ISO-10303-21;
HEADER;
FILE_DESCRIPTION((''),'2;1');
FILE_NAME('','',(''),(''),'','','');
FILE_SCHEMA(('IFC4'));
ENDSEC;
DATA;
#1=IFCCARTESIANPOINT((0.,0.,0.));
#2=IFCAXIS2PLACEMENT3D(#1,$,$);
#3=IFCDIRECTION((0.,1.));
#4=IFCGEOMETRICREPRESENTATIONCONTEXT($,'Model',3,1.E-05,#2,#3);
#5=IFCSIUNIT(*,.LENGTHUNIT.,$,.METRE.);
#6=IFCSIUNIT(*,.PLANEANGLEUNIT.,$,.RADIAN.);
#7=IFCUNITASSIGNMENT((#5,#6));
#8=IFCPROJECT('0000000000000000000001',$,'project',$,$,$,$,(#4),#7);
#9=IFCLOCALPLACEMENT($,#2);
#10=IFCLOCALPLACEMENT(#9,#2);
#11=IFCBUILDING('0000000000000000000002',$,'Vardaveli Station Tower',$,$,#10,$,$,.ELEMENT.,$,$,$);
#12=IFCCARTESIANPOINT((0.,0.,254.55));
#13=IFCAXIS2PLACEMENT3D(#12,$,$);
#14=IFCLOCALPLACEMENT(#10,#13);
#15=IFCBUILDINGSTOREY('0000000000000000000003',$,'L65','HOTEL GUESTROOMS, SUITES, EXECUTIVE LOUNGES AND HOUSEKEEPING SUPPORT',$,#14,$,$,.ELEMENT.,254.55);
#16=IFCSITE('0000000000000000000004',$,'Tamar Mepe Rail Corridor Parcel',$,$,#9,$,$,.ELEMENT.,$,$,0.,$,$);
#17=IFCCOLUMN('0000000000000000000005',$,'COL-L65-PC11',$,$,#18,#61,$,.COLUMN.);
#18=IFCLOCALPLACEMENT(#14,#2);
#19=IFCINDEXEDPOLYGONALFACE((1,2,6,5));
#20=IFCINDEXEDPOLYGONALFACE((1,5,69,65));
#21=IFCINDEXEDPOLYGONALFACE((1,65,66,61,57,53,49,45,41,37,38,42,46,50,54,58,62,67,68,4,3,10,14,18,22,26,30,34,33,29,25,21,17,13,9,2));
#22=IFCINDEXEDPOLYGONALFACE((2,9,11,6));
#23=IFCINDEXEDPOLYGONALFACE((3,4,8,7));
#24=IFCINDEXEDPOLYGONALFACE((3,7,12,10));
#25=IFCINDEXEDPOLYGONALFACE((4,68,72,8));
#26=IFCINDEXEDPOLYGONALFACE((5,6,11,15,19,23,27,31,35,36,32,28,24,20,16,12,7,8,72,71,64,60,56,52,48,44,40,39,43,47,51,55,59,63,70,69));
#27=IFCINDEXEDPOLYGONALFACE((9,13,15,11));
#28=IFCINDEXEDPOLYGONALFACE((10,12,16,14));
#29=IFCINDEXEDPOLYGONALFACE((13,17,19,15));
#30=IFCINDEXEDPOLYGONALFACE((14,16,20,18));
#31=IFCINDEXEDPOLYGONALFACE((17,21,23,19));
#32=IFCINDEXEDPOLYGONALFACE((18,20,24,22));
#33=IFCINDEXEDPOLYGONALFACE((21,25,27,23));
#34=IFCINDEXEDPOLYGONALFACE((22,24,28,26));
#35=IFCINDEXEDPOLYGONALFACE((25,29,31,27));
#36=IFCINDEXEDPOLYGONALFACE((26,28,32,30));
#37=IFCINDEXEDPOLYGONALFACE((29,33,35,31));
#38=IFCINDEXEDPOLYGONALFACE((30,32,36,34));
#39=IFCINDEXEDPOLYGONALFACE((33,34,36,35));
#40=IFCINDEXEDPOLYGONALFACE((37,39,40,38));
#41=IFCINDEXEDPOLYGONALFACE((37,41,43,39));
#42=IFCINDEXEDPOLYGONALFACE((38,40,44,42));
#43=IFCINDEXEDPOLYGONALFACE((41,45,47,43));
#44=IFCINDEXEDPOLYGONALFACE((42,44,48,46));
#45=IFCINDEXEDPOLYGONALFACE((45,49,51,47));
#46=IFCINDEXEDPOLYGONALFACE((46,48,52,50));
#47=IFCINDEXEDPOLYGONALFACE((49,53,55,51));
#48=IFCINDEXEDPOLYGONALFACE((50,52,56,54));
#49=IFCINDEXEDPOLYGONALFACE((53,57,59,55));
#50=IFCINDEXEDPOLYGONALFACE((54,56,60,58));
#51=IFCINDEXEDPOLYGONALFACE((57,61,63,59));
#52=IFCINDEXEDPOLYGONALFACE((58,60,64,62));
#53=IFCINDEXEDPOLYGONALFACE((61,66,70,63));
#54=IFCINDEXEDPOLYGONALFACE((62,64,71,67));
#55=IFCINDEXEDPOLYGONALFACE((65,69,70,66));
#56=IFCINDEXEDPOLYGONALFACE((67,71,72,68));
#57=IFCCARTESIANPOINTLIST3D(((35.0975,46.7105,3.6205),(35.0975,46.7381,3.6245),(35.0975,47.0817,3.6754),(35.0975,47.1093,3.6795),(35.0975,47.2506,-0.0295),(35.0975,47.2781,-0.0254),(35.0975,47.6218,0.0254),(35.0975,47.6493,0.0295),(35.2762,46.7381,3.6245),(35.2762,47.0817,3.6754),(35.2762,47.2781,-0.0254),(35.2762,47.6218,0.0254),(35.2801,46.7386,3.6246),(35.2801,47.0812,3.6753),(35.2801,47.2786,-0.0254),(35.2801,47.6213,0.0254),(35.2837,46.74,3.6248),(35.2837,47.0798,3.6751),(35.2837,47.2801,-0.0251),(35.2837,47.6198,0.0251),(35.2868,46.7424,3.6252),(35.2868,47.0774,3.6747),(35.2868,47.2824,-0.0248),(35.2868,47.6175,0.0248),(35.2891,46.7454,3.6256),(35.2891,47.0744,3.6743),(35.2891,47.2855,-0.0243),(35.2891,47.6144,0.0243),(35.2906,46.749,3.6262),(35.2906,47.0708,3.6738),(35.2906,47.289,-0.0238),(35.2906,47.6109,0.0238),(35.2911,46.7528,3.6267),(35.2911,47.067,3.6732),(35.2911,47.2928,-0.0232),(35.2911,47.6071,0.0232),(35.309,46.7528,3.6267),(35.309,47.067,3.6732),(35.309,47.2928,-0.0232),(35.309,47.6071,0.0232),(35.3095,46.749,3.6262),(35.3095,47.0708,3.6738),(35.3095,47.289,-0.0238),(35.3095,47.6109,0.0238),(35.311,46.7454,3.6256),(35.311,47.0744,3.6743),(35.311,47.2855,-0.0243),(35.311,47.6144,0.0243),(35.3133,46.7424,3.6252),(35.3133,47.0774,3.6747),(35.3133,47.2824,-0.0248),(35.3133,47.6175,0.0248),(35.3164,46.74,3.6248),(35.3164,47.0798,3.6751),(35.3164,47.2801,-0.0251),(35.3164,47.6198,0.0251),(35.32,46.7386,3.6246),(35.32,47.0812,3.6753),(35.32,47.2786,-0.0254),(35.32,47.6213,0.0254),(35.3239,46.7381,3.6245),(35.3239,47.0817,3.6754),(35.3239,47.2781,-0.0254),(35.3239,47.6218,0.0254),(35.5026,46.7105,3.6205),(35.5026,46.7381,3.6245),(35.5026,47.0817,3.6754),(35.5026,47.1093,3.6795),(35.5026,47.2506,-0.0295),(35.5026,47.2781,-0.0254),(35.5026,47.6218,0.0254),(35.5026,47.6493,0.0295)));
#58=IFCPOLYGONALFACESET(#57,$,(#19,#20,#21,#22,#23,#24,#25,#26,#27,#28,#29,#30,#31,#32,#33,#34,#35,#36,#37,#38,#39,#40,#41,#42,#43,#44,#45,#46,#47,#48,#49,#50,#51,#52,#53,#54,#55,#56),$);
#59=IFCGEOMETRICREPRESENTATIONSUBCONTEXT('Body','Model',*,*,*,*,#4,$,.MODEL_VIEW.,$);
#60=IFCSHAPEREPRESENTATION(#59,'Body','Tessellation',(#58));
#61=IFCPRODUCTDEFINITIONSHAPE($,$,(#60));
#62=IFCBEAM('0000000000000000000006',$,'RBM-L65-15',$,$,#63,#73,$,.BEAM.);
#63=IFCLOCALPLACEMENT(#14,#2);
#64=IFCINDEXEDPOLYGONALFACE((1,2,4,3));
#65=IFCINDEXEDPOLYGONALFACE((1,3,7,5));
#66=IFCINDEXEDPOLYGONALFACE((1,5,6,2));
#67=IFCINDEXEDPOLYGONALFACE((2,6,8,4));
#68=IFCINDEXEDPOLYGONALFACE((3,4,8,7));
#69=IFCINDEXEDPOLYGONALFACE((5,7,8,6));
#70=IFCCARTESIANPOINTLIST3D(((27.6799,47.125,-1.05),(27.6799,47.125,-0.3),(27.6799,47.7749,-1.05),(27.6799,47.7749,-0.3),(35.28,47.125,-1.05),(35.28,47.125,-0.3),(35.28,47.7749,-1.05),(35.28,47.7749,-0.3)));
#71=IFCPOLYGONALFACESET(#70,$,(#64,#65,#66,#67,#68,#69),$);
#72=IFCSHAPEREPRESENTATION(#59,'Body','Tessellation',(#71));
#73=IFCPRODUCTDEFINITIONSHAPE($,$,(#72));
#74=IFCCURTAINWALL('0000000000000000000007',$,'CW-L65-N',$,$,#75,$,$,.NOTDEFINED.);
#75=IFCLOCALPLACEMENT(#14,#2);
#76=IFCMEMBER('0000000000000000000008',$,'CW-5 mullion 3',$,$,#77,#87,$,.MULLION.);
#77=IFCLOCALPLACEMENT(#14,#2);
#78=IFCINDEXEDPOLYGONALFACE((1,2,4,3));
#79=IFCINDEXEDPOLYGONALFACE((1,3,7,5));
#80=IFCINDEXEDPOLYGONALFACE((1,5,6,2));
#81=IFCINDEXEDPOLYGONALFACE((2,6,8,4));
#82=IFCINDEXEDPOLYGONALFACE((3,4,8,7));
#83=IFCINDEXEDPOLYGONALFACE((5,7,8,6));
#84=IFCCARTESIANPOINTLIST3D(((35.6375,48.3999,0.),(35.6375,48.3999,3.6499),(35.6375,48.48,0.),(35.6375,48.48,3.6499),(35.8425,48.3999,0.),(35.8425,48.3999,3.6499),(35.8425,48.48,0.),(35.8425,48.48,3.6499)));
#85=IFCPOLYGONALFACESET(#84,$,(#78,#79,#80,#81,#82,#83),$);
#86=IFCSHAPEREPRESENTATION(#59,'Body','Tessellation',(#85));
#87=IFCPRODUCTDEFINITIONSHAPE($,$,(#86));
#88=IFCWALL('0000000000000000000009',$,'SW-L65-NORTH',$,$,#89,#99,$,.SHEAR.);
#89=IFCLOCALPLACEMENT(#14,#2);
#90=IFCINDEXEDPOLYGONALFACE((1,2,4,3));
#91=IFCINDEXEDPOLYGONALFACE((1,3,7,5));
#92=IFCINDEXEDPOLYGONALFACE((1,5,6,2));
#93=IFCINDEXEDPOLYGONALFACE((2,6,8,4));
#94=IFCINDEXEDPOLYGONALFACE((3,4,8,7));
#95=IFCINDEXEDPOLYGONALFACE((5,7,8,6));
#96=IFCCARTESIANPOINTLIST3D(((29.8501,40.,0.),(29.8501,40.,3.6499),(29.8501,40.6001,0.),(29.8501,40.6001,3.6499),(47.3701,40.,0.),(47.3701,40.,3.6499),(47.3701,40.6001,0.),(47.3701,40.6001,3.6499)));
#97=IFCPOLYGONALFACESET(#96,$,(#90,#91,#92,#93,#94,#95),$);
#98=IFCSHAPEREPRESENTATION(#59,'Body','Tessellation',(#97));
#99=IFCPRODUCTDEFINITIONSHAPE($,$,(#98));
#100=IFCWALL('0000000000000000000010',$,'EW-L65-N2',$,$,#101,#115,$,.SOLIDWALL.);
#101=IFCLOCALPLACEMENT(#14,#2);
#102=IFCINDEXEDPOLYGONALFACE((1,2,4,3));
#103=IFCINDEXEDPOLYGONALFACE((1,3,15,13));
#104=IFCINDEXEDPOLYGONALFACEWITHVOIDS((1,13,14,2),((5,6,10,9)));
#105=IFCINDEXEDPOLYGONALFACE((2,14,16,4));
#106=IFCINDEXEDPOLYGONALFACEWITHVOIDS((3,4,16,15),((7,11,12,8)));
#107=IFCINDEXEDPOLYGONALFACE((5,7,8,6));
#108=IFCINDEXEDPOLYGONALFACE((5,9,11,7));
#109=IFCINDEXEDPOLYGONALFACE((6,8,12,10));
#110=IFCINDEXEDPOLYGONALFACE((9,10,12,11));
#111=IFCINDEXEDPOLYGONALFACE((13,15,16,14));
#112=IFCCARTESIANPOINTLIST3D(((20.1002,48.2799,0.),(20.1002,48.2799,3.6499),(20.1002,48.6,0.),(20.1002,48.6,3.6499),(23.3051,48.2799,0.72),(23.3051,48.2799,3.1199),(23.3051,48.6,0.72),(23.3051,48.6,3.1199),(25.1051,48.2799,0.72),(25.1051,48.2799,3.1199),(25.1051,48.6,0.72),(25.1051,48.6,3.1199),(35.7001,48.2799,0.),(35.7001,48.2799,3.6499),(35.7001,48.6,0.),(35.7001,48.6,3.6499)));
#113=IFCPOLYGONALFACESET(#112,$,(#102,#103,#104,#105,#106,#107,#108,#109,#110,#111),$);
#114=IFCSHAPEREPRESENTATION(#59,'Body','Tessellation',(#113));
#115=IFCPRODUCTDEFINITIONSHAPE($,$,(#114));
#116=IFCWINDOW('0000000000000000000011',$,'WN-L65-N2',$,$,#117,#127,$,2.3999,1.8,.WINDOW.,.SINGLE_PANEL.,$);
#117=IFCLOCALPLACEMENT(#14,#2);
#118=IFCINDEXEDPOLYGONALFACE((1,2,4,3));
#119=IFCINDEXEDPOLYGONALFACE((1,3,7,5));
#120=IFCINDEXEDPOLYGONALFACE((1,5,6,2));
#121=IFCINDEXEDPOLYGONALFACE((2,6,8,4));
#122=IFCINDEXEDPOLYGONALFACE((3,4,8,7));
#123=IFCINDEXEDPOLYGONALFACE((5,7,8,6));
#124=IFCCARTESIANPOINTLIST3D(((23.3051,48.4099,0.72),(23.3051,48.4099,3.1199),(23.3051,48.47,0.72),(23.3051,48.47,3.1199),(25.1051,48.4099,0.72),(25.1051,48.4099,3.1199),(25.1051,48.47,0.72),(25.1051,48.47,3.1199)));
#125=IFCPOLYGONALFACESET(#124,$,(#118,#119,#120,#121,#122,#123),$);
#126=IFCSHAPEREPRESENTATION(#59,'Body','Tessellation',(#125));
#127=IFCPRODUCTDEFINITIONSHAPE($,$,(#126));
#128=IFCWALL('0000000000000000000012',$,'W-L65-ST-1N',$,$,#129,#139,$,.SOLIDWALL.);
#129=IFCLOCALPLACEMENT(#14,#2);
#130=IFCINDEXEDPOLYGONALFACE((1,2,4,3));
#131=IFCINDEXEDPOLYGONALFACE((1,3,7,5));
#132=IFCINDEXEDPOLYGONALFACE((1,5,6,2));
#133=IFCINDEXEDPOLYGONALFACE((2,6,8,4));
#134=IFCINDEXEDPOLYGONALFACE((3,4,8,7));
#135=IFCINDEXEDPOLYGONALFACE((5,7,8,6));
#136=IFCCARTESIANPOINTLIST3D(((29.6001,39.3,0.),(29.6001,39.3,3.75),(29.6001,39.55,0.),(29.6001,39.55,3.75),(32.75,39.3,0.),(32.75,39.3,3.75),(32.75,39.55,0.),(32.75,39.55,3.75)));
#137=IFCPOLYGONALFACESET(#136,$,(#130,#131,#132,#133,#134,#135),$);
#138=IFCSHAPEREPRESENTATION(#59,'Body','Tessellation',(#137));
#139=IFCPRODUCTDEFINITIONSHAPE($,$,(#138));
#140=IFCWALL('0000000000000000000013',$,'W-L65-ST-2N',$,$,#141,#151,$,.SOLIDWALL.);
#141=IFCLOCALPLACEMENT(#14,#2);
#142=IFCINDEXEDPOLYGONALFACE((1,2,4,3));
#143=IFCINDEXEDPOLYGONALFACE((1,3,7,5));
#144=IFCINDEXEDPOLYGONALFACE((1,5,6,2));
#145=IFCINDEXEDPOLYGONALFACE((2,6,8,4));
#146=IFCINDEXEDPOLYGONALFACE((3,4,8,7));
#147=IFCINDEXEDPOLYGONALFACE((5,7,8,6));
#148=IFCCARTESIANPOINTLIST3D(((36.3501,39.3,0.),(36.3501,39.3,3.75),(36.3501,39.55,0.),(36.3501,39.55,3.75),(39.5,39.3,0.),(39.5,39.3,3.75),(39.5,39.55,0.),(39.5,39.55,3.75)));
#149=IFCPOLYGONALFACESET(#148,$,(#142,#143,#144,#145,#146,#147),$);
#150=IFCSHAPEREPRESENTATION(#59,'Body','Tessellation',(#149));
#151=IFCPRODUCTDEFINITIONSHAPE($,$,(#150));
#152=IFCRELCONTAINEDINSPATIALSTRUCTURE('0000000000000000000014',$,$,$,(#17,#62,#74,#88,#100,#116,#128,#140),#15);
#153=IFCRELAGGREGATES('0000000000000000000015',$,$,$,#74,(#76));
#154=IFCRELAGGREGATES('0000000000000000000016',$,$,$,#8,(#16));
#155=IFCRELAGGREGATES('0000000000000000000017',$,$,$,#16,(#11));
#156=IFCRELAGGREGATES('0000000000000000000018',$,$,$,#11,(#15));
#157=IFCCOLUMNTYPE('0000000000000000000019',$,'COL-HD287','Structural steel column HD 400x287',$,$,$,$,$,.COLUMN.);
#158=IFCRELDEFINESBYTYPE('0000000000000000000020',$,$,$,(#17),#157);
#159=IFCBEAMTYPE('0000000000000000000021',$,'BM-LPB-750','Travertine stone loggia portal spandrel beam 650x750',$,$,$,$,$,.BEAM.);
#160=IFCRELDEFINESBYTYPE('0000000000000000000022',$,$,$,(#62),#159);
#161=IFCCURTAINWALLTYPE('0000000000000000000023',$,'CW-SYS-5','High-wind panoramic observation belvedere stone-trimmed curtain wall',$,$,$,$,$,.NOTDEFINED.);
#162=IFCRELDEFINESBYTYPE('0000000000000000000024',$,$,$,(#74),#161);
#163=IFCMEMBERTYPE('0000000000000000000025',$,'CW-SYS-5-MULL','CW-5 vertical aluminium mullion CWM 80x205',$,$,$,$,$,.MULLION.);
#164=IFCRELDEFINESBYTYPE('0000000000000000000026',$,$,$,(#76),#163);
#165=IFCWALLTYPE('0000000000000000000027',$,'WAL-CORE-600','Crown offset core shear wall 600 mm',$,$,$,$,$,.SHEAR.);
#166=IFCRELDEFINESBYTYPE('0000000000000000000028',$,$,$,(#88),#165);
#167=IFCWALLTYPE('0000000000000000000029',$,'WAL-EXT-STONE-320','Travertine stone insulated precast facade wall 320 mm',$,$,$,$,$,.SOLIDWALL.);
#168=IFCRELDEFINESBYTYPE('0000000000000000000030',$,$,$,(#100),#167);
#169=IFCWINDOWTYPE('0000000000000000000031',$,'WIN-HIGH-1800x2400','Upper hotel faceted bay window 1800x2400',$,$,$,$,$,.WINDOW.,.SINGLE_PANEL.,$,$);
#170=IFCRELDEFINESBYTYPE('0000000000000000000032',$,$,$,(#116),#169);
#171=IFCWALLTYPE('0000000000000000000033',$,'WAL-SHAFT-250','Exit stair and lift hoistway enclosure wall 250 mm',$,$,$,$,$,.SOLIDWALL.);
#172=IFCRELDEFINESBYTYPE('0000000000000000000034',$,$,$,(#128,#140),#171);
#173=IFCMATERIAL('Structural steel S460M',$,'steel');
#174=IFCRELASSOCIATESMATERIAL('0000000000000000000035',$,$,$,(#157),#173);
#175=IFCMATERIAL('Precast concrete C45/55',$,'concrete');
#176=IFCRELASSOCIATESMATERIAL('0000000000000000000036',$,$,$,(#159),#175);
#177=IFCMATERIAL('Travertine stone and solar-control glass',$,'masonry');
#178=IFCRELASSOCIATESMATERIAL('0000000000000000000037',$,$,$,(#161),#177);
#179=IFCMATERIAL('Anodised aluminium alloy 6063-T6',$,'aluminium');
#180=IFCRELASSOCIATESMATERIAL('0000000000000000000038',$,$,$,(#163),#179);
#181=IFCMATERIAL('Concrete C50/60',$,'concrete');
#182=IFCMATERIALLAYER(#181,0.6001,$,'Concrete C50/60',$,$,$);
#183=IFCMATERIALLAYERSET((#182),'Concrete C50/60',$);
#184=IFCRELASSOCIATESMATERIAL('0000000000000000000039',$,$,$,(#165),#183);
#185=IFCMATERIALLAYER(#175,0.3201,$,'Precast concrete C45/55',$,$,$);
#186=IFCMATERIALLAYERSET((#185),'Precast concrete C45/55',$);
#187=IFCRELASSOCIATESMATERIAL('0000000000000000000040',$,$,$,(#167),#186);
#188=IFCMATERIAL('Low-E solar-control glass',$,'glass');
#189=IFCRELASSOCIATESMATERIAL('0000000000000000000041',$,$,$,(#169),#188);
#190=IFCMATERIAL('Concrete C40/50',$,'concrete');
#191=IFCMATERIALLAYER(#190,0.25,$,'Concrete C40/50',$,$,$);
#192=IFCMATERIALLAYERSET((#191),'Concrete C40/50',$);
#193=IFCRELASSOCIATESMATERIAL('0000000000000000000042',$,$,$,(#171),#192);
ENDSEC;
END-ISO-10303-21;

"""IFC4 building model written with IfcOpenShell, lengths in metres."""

from ifc_helpers import new_model, si_unit, direction, frame, frame_2d, origin, origin_2d, place, context, subcontext, project, spatial, rectangle, i_section, extrude, source, transform, mapped, material, layer, layer_set, material_profile, profile_set, type_object, element, fill, aggregate, save


model = new_model("IFC4")

# Units and contexts
model_context = context("Model", 3, precision=1e-05, world=origin(), true_north=direction((0.0, 1.0)))
body_context = subcontext(model_context, "Body", "Model", "MODEL_VIEW")
ifc_project = project(units=[si_unit("LENGTHUNIT", "METRE"), si_unit("PLANEANGLEUNIT", "RADIAN")], contexts=[model_context])

# Site, building, storey
site_placement = place(None, origin())
site = spatial("IfcSite", under=ifc_project, at=site_placement, Name="Tamar Mepe Rail Corridor Parcel", CompositionType="ELEMENT", RefElevation=0.0)
building_placement = place(site_placement, origin())
building = spatial("IfcBuilding", under=site, at=building_placement, Name="Vardaveli Station Tower", CompositionType="ELEMENT")
storey_placement = place(building_placement, frame((0.0, 0.0, 254.55)))
storey = spatial("IfcBuildingStorey", under=building, at=storey_placement, Name="L65", Description="HOTEL GUESTROOMS, SUITES, EXECUTIVE LOUNGES AND HOUSEKEEPING SUPPORT", CompositionType="ELEMENT", Elevation=254.55)

# Column
ifc_material_1 = material(Name="Structural steel S460M", Category="steel")
ifc_material_profile_1 = material_profile(ifc_material_1, i_section(OverallWidth=0.405, OverallDepth=0.4031, WebThickness=0.0178, FlangeThickness=0.0278, FilletRadius=0.0149, at=origin_2d()), Name="HD 400x287")
ifc_profile_set_1 = profile_set([ifc_material_profile_1], Name="Structural steel S460M")
column_type = type_object("IfcColumnType", Name="COL-HD287", Description="Structural steel column HD 400x287", PredefinedType="COLUMN", material=ifc_profile_set_1)
shared_shape_1 = source(origin(), body_context, "Body", "SweptSolid", [
    extrude(i_section(OverallWidth=0.405, OverallDepth=0.4031, WebThickness=0.0178, FlangeThickness=0.0278, FilletRadius=0.0149, at=origin_2d()), origin(), (0.0, 0.0, 1.0), 3.6897),
])
column_placement = place(storey_placement, frame((35.3, 47.45, 0.0), z_axis=(0.0, -0.146366, 0.98923), x_axis=(1.0, 0.0, 0.0)))
element("IfcColumn", 1, at=column_placement, inside=storey, type_object=column_type, Name="COL-L65-PC11", PredefinedType="COLUMN", context=body_context, shape_type="MappedRepresentation", body=[
    mapped(shared_shape_1, transform((0.0, 0.0, 0.0), scale=1.0)),
])

# Beam
ifc_material_2 = material(Name="Precast concrete C45/55", Category="concrete")
ifc_material_profile_2 = material_profile(ifc_material_2, rectangle(XDim=0.6499, YDim=0.75, at=origin_2d()), Name="LPB 650x750")
ifc_profile_set_2 = profile_set([ifc_material_profile_2], Name="Precast concrete C45/55")
beam_type = type_object("IfcBeamType", Name="BM-LPB-750", Description="Travertine stone loggia portal spandrel beam 650x750", PredefinedType="BEAM", material=ifc_profile_set_2)
shared_shape_2 = source(origin(), body_context, "Body", "SweptSolid", [
    extrude(rectangle(XDim=0.6499, YDim=0.75, at=origin_2d()), origin(), (0.0, 0.0, 1.0), 7.6001),
])
beam_placement = place(storey_placement, frame((35.28, 47.45, -0.675), z_axis=(-1.0, 0.0, 0.0), x_axis=(0.0, -1.0, 0.0)))
element("IfcBeam", 2, at=beam_placement, inside=storey, type_object=beam_type, Name="RBM-L65-15", PredefinedType="BEAM", context=body_context, shape_type="MappedRepresentation", body=[
    mapped(shared_shape_2, transform((0.0, 0.0, 0.0), scale=1.0)),
])

# Curtain wall, member
ifc_material_3 = material(Name="Travertine stone and solar-control glass", Category="masonry")
curtain_wall_type = type_object("IfcCurtainWallType", Name="CW-SYS-5", Description="High-wind panoramic observation belvedere stone-trimmed curtain wall", PredefinedType="NOTDEFINED", material=ifc_material_3)
curtain_wall_placement = place(storey_placement, origin())
curtain_wall = element("IfcCurtainWall", 3, at=curtain_wall_placement, inside=storey, type_object=curtain_wall_type, Name="CW-L65-N", PredefinedType="NOTDEFINED")
ifc_material_4 = material(Name="Anodised aluminium alloy 6063-T6", Category="aluminium")
ifc_material_profile_3 = material_profile(ifc_material_4, rectangle(XDim=0.0801, YDim=0.2051, at=origin_2d()), Name="CWM 80x205")
ifc_profile_set_3 = profile_set([ifc_material_profile_3], Name="Anodised aluminium alloy 6063-T6")
member_type = type_object("IfcMemberType", Name="CW-SYS-5-MULL", Description="CW-5 vertical aluminium mullion CWM 80x205", PredefinedType="MULLION", material=ifc_profile_set_3)
shared_shape_3 = source(origin(), body_context, "Body", "SweptSolid", [
    extrude(rectangle(XDim=0.0801, YDim=0.2051, at=origin_2d()), origin(), (0.0, 0.0, 1.0), 3.6499),
])
member_placement = place(storey_placement, frame((35.74, 48.4399, 0.0), z_axis=(0.0, 0.0, 1.0), x_axis=(0.0, -1.0, 0.0)))
member = element("IfcMember", 4, at=member_placement, type_object=member_type, Name="CW-5 mullion 3", PredefinedType="MULLION", context=body_context, shape_type="MappedRepresentation", body=[
    mapped(shared_shape_3, transform((0.0, 0.0, 0.0), scale=1.0)),
])
aggregate(curtain_wall, [member])

# Wall
ifc_material_5 = material(Name="Concrete C50/60", Category="concrete")
ifc_layer_1 = layer(ifc_material_5, 0.6001, Name="Concrete C50/60")
ifc_layer_set_1 = layer_set([ifc_layer_1], Name="Concrete C50/60")
wall_type_1 = type_object("IfcWallType", Name="WAL-CORE-600", Description="Crown offset core shear wall 600 mm", PredefinedType="SHEAR", material=ifc_layer_set_1)
shared_shape_4 = source(origin(), body_context, "Body", "SweptSolid", [
    extrude(rectangle(XDim=17.52, YDim=0.6001, at=frame_2d((8.76, 0.0))), origin(), (0.0, 0.0, 1.0), 3.6499),
])
wall_1_placement = place(storey_placement, frame((29.8501, 40.3, 0.0), z_axis=(0.0, 0.0, 1.0), x_axis=(1.0, 0.0, 0.0)))
element("IfcWall", 5, at=wall_1_placement, inside=storey, type_object=wall_type_1, Name="SW-L65-NORTH", PredefinedType="SHEAR", context=body_context, shape_type="MappedRepresentation", body=[
    mapped(shared_shape_4, transform((0.0, 0.0, 0.0), scale=1.0)),
])

# Wall, opening, window
ifc_layer_2 = layer(ifc_material_2, 0.3201, Name="Precast concrete C45/55")
ifc_layer_set_2 = layer_set([ifc_layer_2], Name="Precast concrete C45/55")
wall_type_2 = type_object("IfcWallType", Name="WAL-EXT-STONE-320", Description="Travertine stone insulated precast facade wall 320 mm", PredefinedType="SOLIDWALL", material=ifc_layer_set_2)
shared_shape_5 = source(origin(), body_context, "Body", "SweptSolid", [
    extrude(rectangle(XDim=15.5999, YDim=0.3201, at=frame_2d((7.7998, 0.0))), origin(), (0.0, 0.0, 1.0), 3.6499),
])
wall_2_placement = place(storey_placement, frame((35.7, 48.4399, 0.0), z_axis=(0.0, 0.0, 1.0), x_axis=(-1.0, 0.0, 0.0)))
wall_2 = element("IfcWall", 6, at=wall_2_placement, inside=storey, type_object=wall_type_2, Name="EW-L65-N2", PredefinedType="SOLIDWALL", context=body_context, shape_type="MappedRepresentation", body=[
    mapped(shared_shape_5, transform((0.0, 0.0, 0.0), scale=1.0)),
])
shared_shape_6 = source(origin(), body_context, "Body", "SweptSolid", [
    extrude(rectangle(XDim=1.8, YDim=2.3999, at=frame_2d((0.8999, 1.2))), frame((0.0, 0.1699, 0.0), z_axis=(0.0, -1.0, 0.0), x_axis=(1.0, 0.0, 0.0)), (0.0, 0.0, 1.0), 0.3401),
])
opening_1_placement = place(wall_2_placement, frame((10.595, 0.0, 0.72)))
opening_1 = element("IfcOpeningElement", 7, at=opening_1_placement, cuts=wall_2, PredefinedType="OPENING", context=body_context, shape_type="MappedRepresentation", body=[
    mapped(shared_shape_6, transform((0.0, 0.0, 0.0), scale=1.0)),
])
ifc_material_6 = material(Name="Low-E solar-control glass", Category="glass")
window_type = type_object("IfcWindowType", Name="WIN-HIGH-1800x2400", Description="Upper hotel faceted bay window 1800x2400", PartitioningType="SINGLE_PANEL", PredefinedType="WINDOW", material=ifc_material_6)
shared_shape_7 = source(origin(), body_context, "Body", "SweptSolid", [
    extrude(rectangle(XDim=1.8, YDim=2.3999, at=frame_2d((0.8999, 1.2))), frame((0.0, 0.03, 0.0), z_axis=(0.0, -1.0, 0.0), x_axis=(1.0, 0.0, 0.0)), (0.0, 0.0, 1.0), 0.0601),
])
window_placement = place(opening_1_placement, origin())
window = element("IfcWindow", 8, at=window_placement, inside=storey, type_object=window_type, Name="WN-L65-N2", OverallHeight=2.3999, OverallWidth=1.8, PartitioningType="SINGLE_PANEL", PredefinedType="WINDOW", context=body_context, shape_type="MappedRepresentation", body=[
    mapped(shared_shape_7, transform((0.0, 0.0, 0.0), scale=1.0)),
])
fill(opening_1, window)

# Walls
ifc_material_7 = material(Name="Concrete C40/50", Category="concrete")
ifc_layer_3 = layer(ifc_material_7, 0.25, Name="Concrete C40/50")
ifc_layer_set_3 = layer_set([ifc_layer_3], Name="Concrete C40/50")
wall_type_3 = type_object("IfcWallType", Name="WAL-SHAFT-250", Description="Exit stair and lift hoistway enclosure wall 250 mm", PredefinedType="SOLIDWALL", material=ifc_layer_set_3)
shared_shape_8 = source(origin(), body_context, "Body", "SweptSolid", [
    extrude(rectangle(XDim=3.1499, YDim=0.25, at=frame_2d((1.575, 0.0))), origin(), (0.0, 0.0, 1.0), 3.75),
])
for number, where, z_axis, x_axis, name in (
    (9, (29.6001, 39.425, 0.0), (0.0, 0.0, 1.0), (1.0, 0.0, 0.0), "W-L65-ST-1N"),
    (10, (36.3501, 39.425, 0.0), (0.0, 0.0, 1.0), (1.0, 0.0, 0.0), "W-L65-ST-2N"),
):
    element("IfcWall", number, at=place(storey_placement, frame(where, z_axis=z_axis, x_axis=x_axis)), inside=storey, type_object=wall_type_3, Name=name, PredefinedType="SOLIDWALL", context=body_context, shape_type="MappedRepresentation", body=[
        mapped(shared_shape_8, transform((0.0, 0.0, 0.0), scale=1.0)),
    ])

save(model, "model.ifc")
